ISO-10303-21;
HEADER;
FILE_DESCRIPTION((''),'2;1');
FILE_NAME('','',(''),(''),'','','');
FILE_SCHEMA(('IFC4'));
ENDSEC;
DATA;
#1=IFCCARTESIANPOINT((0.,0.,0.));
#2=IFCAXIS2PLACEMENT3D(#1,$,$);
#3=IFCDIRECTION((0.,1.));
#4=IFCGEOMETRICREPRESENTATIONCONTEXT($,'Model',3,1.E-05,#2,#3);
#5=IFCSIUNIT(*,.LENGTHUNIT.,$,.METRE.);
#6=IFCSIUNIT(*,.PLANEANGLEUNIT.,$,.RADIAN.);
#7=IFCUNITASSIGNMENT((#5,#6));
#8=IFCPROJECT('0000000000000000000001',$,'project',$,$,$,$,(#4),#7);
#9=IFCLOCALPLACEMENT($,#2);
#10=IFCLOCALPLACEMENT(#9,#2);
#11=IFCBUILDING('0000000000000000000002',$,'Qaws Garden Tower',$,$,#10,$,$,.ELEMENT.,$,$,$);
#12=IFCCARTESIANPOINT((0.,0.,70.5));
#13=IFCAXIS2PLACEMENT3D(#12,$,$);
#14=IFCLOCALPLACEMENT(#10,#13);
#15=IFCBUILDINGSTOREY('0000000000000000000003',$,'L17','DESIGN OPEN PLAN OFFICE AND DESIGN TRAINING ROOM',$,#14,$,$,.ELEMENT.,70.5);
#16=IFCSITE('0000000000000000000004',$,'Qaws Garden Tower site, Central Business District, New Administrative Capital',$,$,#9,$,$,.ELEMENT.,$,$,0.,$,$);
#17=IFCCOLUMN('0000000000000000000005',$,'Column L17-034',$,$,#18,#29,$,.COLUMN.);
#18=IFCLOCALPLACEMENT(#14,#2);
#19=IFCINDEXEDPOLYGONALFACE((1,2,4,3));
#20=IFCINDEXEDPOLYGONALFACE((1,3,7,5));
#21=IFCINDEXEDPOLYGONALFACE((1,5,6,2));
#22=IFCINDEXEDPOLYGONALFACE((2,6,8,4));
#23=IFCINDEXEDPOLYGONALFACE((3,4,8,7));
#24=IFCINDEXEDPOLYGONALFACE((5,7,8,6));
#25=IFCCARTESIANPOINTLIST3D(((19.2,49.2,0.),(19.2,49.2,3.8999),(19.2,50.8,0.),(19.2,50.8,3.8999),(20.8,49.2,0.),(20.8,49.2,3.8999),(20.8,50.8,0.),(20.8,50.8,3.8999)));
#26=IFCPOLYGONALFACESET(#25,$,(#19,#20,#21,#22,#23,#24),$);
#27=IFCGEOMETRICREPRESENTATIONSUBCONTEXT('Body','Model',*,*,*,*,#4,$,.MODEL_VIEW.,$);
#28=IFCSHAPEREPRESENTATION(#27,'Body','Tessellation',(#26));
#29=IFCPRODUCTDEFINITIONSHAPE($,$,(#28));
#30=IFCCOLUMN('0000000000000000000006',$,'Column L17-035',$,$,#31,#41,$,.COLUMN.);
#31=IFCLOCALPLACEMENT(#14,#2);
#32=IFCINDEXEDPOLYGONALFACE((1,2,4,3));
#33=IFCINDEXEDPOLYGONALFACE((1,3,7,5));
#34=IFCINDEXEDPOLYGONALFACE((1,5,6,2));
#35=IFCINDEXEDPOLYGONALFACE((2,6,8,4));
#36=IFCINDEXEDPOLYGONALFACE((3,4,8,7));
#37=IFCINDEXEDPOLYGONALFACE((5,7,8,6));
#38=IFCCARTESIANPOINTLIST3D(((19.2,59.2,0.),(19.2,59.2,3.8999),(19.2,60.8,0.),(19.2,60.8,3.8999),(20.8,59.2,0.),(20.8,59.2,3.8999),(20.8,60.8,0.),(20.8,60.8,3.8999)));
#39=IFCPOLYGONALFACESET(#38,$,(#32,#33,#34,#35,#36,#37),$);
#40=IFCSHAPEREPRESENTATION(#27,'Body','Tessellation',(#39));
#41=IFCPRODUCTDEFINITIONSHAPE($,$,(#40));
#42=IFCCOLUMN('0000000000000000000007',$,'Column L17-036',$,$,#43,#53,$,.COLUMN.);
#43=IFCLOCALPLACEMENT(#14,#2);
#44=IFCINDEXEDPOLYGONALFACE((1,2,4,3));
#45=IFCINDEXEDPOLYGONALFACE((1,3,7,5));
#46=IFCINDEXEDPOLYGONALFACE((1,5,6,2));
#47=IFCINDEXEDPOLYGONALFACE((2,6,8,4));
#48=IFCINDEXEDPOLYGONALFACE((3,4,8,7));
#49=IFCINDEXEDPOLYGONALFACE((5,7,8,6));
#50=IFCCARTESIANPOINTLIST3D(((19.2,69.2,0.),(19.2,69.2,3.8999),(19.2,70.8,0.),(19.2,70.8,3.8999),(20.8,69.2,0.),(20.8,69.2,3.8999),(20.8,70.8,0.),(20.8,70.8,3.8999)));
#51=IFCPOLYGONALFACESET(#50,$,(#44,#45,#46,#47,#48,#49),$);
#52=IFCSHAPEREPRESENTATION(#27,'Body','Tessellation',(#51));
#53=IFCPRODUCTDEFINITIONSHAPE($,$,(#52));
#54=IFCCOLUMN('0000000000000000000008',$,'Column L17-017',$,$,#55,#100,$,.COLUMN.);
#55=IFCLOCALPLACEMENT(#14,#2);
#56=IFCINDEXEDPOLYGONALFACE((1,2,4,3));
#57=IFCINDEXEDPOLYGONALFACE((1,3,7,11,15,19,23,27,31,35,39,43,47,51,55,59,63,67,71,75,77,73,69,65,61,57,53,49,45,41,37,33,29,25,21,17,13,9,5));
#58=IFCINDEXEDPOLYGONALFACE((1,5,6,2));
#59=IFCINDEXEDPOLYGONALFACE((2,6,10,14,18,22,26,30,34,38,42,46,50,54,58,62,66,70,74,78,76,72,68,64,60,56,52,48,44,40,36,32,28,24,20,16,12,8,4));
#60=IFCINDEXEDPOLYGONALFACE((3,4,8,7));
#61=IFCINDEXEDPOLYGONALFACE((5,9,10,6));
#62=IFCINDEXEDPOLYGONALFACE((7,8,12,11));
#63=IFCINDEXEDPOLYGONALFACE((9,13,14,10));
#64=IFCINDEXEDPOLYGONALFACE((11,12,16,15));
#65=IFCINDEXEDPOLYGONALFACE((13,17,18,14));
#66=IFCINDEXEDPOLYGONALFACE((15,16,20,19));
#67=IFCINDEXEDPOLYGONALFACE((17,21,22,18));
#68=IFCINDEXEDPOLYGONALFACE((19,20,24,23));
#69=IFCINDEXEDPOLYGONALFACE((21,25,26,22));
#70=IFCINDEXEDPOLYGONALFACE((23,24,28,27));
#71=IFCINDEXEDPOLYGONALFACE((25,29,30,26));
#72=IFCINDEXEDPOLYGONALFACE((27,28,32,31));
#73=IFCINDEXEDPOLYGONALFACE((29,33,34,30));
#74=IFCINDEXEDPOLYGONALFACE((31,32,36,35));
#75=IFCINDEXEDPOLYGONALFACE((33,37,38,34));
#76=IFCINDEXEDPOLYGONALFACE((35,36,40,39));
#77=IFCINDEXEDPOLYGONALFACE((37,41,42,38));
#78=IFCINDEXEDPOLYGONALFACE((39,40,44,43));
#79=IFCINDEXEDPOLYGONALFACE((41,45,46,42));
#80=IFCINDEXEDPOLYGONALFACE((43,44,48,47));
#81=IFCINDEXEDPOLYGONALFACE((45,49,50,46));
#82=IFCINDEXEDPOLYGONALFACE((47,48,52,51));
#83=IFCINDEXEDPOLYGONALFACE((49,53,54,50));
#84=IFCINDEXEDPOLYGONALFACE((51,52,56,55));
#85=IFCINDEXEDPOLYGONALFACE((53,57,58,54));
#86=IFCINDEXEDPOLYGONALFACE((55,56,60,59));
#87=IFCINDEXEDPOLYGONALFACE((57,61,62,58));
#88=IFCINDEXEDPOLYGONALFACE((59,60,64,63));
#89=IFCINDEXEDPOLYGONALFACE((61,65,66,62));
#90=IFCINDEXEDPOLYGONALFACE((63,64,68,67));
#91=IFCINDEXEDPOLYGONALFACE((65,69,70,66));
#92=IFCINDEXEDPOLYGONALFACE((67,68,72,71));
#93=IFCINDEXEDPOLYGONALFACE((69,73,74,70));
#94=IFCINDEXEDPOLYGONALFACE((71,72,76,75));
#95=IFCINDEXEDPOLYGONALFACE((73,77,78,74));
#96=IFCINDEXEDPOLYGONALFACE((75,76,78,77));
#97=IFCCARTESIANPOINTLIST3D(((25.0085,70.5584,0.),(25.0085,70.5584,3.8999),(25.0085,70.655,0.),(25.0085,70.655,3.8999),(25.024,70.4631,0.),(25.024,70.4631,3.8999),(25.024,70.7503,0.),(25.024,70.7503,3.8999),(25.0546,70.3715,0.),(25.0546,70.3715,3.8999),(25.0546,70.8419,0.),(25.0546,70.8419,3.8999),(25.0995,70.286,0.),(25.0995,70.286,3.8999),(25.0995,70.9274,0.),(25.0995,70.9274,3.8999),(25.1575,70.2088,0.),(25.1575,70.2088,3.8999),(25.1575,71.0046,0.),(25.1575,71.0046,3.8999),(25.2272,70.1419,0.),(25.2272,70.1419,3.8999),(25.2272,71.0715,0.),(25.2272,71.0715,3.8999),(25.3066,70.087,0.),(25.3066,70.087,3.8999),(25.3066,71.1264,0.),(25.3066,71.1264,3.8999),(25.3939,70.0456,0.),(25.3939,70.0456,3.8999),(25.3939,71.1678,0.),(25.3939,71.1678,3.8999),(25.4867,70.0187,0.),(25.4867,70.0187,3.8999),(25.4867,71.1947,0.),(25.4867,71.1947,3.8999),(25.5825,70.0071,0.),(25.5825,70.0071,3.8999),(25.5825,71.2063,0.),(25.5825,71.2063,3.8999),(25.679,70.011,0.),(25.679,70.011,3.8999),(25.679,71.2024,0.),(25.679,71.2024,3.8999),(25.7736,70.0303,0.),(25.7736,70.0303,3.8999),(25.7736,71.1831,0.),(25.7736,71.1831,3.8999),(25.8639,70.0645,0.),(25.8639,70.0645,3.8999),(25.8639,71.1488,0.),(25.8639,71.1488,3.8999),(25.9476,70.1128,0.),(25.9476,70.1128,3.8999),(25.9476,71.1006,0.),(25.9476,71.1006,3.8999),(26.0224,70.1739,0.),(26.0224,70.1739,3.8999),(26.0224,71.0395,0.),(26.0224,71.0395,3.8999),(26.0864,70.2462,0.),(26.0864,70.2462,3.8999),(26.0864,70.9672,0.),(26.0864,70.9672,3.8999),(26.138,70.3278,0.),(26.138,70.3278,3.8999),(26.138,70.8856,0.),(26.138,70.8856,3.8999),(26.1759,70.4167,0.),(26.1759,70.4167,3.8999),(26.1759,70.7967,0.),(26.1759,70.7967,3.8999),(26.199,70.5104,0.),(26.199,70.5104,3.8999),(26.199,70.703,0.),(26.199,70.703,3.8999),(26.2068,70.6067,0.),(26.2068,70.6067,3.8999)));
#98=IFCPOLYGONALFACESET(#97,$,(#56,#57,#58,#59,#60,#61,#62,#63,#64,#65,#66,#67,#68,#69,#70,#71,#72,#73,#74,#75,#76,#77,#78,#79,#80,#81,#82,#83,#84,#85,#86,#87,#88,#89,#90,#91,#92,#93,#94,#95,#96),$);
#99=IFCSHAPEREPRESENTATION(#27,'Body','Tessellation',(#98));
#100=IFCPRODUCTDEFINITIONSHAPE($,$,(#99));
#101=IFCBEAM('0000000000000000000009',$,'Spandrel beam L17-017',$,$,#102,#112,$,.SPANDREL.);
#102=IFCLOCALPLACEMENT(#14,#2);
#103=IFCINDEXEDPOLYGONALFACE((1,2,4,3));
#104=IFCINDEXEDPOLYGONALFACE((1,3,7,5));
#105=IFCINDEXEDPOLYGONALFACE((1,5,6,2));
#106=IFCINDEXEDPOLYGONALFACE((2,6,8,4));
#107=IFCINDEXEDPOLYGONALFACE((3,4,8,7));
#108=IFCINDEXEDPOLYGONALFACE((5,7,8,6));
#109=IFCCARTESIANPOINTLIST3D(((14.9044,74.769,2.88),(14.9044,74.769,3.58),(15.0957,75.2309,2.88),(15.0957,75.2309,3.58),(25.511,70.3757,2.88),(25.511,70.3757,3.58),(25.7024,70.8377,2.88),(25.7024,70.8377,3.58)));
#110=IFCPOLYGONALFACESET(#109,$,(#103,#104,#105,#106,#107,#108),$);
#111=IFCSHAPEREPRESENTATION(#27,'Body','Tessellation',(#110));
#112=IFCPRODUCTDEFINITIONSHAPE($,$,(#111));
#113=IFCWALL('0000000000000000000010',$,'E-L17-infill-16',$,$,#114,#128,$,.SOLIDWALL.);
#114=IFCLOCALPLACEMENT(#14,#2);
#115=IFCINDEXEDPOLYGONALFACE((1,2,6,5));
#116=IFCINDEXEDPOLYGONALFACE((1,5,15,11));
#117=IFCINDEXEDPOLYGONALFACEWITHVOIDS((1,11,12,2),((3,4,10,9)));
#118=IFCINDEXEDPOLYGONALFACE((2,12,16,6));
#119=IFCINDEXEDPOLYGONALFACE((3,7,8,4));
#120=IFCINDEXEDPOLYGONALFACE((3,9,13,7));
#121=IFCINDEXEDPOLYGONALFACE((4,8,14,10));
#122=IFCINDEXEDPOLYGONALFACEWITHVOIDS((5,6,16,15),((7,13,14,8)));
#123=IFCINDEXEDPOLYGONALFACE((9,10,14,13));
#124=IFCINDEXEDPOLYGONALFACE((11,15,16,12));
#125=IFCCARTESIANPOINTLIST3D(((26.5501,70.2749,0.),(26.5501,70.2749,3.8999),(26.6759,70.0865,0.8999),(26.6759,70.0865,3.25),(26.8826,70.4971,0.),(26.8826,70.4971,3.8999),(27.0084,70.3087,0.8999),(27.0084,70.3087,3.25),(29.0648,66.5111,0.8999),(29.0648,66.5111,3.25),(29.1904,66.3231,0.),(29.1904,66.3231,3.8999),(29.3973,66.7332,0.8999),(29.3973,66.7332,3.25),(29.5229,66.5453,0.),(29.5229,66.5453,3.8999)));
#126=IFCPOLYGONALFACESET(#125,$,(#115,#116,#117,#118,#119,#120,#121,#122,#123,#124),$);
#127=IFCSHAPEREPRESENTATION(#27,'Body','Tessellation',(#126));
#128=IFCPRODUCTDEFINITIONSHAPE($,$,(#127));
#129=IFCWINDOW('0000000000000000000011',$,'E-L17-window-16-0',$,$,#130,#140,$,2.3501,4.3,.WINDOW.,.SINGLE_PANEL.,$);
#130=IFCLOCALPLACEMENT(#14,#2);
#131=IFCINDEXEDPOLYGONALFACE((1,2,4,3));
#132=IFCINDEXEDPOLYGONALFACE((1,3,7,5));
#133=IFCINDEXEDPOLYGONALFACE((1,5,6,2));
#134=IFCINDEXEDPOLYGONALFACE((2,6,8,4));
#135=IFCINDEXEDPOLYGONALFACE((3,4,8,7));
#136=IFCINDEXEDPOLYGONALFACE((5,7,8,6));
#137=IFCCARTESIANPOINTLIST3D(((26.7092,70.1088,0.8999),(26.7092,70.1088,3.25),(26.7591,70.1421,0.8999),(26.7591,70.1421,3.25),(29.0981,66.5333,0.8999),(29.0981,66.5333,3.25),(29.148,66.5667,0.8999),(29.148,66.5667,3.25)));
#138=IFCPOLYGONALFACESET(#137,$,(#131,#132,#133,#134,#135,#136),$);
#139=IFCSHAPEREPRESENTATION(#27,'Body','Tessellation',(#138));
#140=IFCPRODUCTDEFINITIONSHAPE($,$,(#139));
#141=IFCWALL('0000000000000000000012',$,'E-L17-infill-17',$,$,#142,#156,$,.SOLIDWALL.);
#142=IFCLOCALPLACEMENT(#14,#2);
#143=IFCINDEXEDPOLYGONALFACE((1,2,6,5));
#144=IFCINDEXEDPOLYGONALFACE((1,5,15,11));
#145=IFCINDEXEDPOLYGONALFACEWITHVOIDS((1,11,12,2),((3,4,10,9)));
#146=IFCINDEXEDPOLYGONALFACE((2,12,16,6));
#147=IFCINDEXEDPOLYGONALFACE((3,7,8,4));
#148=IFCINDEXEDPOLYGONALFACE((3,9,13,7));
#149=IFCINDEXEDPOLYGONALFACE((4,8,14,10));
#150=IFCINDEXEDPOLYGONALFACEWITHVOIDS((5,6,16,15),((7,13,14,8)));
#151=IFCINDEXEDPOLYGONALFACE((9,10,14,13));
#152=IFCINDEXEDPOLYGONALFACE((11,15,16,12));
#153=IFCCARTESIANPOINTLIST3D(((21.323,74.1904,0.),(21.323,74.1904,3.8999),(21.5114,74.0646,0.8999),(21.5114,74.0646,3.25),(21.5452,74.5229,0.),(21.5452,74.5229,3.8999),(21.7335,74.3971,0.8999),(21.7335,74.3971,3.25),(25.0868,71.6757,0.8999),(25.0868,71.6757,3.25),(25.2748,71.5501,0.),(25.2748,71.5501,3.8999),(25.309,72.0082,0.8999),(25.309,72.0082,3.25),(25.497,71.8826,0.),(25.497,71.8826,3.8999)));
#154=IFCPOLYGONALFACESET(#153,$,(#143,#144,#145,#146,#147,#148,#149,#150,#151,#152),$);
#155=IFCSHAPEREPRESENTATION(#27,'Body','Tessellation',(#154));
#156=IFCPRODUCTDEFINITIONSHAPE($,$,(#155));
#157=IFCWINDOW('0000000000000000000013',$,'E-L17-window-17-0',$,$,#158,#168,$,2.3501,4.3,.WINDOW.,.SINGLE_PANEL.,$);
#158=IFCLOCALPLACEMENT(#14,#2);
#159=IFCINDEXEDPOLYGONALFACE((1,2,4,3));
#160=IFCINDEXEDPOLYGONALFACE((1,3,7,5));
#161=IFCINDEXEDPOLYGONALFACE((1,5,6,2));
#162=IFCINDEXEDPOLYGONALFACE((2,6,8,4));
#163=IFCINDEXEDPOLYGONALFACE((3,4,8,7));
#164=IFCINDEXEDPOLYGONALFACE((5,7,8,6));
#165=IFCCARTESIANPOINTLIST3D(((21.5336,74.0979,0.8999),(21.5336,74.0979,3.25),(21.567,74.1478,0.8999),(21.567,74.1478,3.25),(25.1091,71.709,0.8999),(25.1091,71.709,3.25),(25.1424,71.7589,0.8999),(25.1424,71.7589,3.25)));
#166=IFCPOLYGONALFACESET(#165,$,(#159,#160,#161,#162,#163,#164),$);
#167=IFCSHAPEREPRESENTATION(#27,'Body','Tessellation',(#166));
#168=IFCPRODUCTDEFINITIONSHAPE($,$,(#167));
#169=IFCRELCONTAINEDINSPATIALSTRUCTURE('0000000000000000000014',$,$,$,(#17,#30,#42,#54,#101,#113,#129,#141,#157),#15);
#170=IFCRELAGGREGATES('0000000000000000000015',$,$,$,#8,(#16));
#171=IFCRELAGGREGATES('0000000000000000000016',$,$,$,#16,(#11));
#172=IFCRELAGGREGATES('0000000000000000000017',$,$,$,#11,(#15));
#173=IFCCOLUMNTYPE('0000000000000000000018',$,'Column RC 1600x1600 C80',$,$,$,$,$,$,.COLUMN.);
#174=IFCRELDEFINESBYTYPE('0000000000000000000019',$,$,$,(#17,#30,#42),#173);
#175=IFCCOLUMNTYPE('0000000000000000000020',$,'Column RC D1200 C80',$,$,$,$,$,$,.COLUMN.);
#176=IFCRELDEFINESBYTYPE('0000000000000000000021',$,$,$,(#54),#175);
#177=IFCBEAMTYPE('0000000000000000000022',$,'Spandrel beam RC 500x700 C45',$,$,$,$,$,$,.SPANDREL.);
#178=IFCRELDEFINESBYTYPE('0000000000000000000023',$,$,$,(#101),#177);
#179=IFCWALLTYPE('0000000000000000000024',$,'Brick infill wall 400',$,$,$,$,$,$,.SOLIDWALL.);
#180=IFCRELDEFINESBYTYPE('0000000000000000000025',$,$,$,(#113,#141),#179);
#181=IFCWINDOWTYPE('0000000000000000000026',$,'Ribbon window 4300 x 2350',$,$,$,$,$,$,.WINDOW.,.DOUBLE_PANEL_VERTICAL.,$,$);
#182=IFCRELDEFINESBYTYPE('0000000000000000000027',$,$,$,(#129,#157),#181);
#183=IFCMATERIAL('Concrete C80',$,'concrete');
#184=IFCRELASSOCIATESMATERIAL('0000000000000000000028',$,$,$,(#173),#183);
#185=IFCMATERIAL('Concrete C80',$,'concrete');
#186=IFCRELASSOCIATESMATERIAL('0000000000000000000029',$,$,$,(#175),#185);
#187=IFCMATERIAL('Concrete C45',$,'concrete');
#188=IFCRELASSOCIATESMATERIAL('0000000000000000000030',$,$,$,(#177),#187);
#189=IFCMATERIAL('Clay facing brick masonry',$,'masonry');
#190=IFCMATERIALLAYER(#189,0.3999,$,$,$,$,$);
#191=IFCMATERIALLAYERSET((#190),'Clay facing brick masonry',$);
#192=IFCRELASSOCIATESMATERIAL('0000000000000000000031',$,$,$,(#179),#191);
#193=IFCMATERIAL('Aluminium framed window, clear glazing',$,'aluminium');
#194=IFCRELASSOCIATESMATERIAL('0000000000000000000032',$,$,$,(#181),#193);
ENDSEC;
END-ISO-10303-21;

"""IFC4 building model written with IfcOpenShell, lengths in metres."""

from ifc_helpers import new_model, si_unit, direction, frame, frame_2d, origin, origin_2d, place, context, subcontext, project, spatial, rectangle, circle, extrude, material, layer, layer_set, material_profile, profile_set, type_object, element, fill, save


model = new_model("IFC4")

# Units and contexts
model_context = context("Model", 3, precision=1e-05, world=origin(), true_north=direction((0.0, 1.0)))
body_context = subcontext(model_context, "Body", "Model", "MODEL_VIEW")
ifc_project = project(units=[si_unit("LENGTHUNIT", "METRE"), si_unit("PLANEANGLEUNIT", "RADIAN")], contexts=[model_context])

# Site, building, storey
site_placement = place(None, origin())
site = spatial("IfcSite", under=ifc_project, at=site_placement, Name="Qaws Garden Tower site, Central Business District, New Administrative Capital", CompositionType="ELEMENT", RefElevation=0.0)
building_placement = place(site_placement, origin())
building = spatial("IfcBuilding", under=site, at=building_placement, Name="Qaws Garden Tower", CompositionType="ELEMENT")
storey_placement = place(building_placement, frame((0.0, 0.0, 70.5)))
storey = spatial("IfcBuildingStorey", under=building, at=storey_placement, Name="L17", Description="DESIGN OPEN PLAN OFFICE AND DESIGN TRAINING ROOM", CompositionType="ELEMENT", Elevation=70.5)

# Columns
ifc_material_1 = material(Name="Concrete C80", Category="concrete")
ifc_material_profile_1 = material_profile(ifc_material_1, rectangle(XDim=1.6001, YDim=1.6001, at=origin_2d()), Name="RC 1600x1600")
ifc_profile_set_1 = profile_set([ifc_material_profile_1], Name="Concrete C80")
column_type_1 = type_object("IfcColumnType", Name="Column RC 1600x1600 C80", PredefinedType="COLUMN", material=ifc_profile_set_1)
for number, where, z_axis, x_axis, name in (
    (1, (20.0, 50.0, 0.0), (0.0, 0.0, 1.0), (1.0, 0.0, 0.0), "Column L17-034"),
    (2, (20.0, 60.0, 0.0), (0.0, 0.0, 1.0), (1.0, 0.0, 0.0), "Column L17-035"),
    (3, (20.0, 70.0, 0.0), (0.0, 0.0, 1.0), (1.0, 0.0, 0.0), "Column L17-036"),
):
    element("IfcColumn", number, at=place(storey_placement, frame(where, z_axis=z_axis, x_axis=x_axis)), inside=storey, type_object=column_type_1, Name=name, PredefinedType="COLUMN", context=body_context, shape_type="SweptSolid", body=[
        extrude(rectangle(XDim=1.6001, YDim=1.6001, at=origin_2d()), origin(), (0.0, 0.0, 1.0), 3.8999),
    ])
ifc_material_2 = material(Name="Concrete C80", Category="concrete")
ifc_material_profile_2 = material_profile(ifc_material_2, circle(Radius=0.6001, at=origin_2d()), Name="RC D1200")
ifc_profile_set_2 = profile_set([ifc_material_profile_2], Name="Concrete C80")
column_type_2 = type_object("IfcColumnType", Name="Column RC D1200 C80", PredefinedType="COLUMN", material=ifc_profile_set_2)
column_placement = place(storey_placement, frame((25.6067, 70.6067, 0.0), z_axis=(0.0, 0.0, 1.0), x_axis=(1.0, 0.0, 0.0)))
element("IfcColumn", 4, at=column_placement, inside=storey, type_object=column_type_2, Name="Column L17-017", PredefinedType="COLUMN", context=body_context, shape_type="SweptSolid", body=[
    extrude(circle(Radius=0.6001, at=origin_2d()), origin(), (0.0, 0.0, 1.0), 3.8999),
])

# Beam
ifc_material_3 = material(Name="Concrete C45", Category="concrete")
ifc_material_profile_3 = material_profile(ifc_material_3, rectangle(XDim=0.5, YDim=0.7, at=origin_2d()), Name="RC 500x700")
ifc_profile_set_3 = profile_set([ifc_material_profile_3], Name="Concrete C45")
beam_type = type_object("IfcBeamType", Name="Spandrel beam RC 500x700 C45", PredefinedType="SPANDREL", material=ifc_profile_set_3)
beam_placement = place(storey_placement, frame((25.6067, 70.6067, 3.23), z_axis=(-0.923883, 0.382674, 0.0), x_axis=(-0.382674, -0.923883, 0.0)))
element("IfcBeam", 5, at=beam_placement, inside=storey, type_object=beam_type, Name="Spandrel beam L17-017", PredefinedType="SPANDREL", context=body_context, shape_type="SweptSolid", body=[
    extrude(rectangle(XDim=0.5, YDim=0.7, at=origin_2d()), origin(), (0.0, 0.0, 1.0), 11.4805),
])

# Walls, openings, windows
ifc_material_4 = material(Name="Clay facing brick masonry", Category="masonry")
ifc_layer_1 = layer(ifc_material_4, 0.3999)
ifc_layer_set_1 = layer_set([ifc_layer_1], Name="Clay facing brick masonry")
wall_type_1 = type_object("IfcWallType", Name="Brick infill wall 400", PredefinedType="SOLIDWALL", material=ifc_layer_set_1)
wall_1_placement = place(storey_placement, frame((29.3567, 66.4341, 0.0), z_axis=(0.0, 0.0, 1.0), x_axis=(-0.555542, 0.831489, 0.0)))
wall_1 = element("IfcWall", 6, at=wall_1_placement, inside=storey, type_object=wall_type_1, Name="E-L17-infill-16", PredefinedType="SOLIDWALL", context=body_context, shape_type="SweptSolid", body=[
    extrude(rectangle(XDim=4.7527, YDim=0.3999, at=frame_2d((2.3765, 0.0))), origin(), (0.0, 0.0, 1.0), 3.8999),
])
opening_1_placement = place(wall_1_placement, frame((0.2263, 0.0, 0.8999)))
opening_1 = element("IfcOpeningElement", 7, at=opening_1_placement, cuts=wall_1, PredefinedType="OPENING", context=body_context, shape_type="SweptSolid", body=[
    extrude(rectangle(XDim=4.3, YDim=2.3501, at=frame_2d((2.1499, 1.175))), frame((0.0, 0.21, 0.0), z_axis=(0.0, -1.0, 0.0), x_axis=(1.0, 0.0, 0.0)), (0.0, 0.0, 1.0), 0.4199),
])
ifc_material_5 = material(Name="Aluminium framed window, clear glazing", Category="aluminium")
window_type = type_object("IfcWindowType", Name="Ribbon window 4300 x 2350", PartitioningType="DOUBLE_PANEL_VERTICAL", PredefinedType="WINDOW", material=ifc_material_5)
window_1_placement = place(opening_1_placement, origin())
window_1 = element("IfcWindow", 8, at=window_1_placement, inside=storey, type_object=window_type, Name="E-L17-window-16-0", OverallHeight=2.3501, OverallWidth=4.3, PartitioningType="SINGLE_PANEL", PredefinedType="WINDOW", context=body_context, shape_type="SweptSolid", body=[
    extrude(rectangle(XDim=4.3, YDim=2.3501, at=frame_2d((2.1499, 1.175))), frame((0.0, 0.1599, 0.0), z_axis=(0.0, -1.0, 0.0), x_axis=(1.0, 0.0, 0.0)), (0.0, 0.0, 1.0), 0.0601),
])
fill(opening_1, window_1)
wall_2_placement = place(storey_placement, frame((25.386, 71.7163, 0.0), z_axis=(0.0, 0.0, 1.0), x_axis=(-0.831489, 0.555542, 0.0)))
wall_2 = element("IfcWall", 9, at=wall_2_placement, inside=storey, type_object=wall_type_1, Name="E-L17-infill-17", PredefinedType="SOLIDWALL", context=body_context, shape_type="SweptSolid", body=[
    extrude(rectangle(XDim=4.7527, YDim=0.3999, at=frame_2d((2.3765, 0.0))), origin(), (0.0, 0.0, 1.0), 3.8999),
])
opening_2_placement = place(wall_2_placement, frame((0.2263, 0.0, 0.8999)))
opening_2 = element("IfcOpeningElement", 10, at=opening_2_placement, cuts=wall_2, PredefinedType="OPENING", context=body_context, shape_type="SweptSolid", body=[
    extrude(rectangle(XDim=4.3, YDim=2.3501, at=frame_2d((2.1499, 1.175))), frame((0.0, 0.21, 0.0), z_axis=(0.0, -1.0, 0.0), x_axis=(1.0, 0.0, 0.0)), (0.0, 0.0, 1.0), 0.4199),
])
window_2_placement = place(opening_2_placement, origin())
window_2 = element("IfcWindow", 11, at=window_2_placement, inside=storey, type_object=window_type, Name="E-L17-window-17-0", OverallHeight=2.3501, OverallWidth=4.3, PartitioningType="SINGLE_PANEL", PredefinedType="WINDOW", context=body_context, shape_type="SweptSolid", body=[
    extrude(rectangle(XDim=4.3, YDim=2.3501, at=frame_2d((2.1499, 1.175))), frame((0.0, 0.1599, 0.0), z_axis=(0.0, -1.0, 0.0), x_axis=(1.0, 0.0, 0.0)), (0.0, 0.0, 1.0), 0.0601),
])
fill(opening_2, window_2)

save(model, "model.ifc")
